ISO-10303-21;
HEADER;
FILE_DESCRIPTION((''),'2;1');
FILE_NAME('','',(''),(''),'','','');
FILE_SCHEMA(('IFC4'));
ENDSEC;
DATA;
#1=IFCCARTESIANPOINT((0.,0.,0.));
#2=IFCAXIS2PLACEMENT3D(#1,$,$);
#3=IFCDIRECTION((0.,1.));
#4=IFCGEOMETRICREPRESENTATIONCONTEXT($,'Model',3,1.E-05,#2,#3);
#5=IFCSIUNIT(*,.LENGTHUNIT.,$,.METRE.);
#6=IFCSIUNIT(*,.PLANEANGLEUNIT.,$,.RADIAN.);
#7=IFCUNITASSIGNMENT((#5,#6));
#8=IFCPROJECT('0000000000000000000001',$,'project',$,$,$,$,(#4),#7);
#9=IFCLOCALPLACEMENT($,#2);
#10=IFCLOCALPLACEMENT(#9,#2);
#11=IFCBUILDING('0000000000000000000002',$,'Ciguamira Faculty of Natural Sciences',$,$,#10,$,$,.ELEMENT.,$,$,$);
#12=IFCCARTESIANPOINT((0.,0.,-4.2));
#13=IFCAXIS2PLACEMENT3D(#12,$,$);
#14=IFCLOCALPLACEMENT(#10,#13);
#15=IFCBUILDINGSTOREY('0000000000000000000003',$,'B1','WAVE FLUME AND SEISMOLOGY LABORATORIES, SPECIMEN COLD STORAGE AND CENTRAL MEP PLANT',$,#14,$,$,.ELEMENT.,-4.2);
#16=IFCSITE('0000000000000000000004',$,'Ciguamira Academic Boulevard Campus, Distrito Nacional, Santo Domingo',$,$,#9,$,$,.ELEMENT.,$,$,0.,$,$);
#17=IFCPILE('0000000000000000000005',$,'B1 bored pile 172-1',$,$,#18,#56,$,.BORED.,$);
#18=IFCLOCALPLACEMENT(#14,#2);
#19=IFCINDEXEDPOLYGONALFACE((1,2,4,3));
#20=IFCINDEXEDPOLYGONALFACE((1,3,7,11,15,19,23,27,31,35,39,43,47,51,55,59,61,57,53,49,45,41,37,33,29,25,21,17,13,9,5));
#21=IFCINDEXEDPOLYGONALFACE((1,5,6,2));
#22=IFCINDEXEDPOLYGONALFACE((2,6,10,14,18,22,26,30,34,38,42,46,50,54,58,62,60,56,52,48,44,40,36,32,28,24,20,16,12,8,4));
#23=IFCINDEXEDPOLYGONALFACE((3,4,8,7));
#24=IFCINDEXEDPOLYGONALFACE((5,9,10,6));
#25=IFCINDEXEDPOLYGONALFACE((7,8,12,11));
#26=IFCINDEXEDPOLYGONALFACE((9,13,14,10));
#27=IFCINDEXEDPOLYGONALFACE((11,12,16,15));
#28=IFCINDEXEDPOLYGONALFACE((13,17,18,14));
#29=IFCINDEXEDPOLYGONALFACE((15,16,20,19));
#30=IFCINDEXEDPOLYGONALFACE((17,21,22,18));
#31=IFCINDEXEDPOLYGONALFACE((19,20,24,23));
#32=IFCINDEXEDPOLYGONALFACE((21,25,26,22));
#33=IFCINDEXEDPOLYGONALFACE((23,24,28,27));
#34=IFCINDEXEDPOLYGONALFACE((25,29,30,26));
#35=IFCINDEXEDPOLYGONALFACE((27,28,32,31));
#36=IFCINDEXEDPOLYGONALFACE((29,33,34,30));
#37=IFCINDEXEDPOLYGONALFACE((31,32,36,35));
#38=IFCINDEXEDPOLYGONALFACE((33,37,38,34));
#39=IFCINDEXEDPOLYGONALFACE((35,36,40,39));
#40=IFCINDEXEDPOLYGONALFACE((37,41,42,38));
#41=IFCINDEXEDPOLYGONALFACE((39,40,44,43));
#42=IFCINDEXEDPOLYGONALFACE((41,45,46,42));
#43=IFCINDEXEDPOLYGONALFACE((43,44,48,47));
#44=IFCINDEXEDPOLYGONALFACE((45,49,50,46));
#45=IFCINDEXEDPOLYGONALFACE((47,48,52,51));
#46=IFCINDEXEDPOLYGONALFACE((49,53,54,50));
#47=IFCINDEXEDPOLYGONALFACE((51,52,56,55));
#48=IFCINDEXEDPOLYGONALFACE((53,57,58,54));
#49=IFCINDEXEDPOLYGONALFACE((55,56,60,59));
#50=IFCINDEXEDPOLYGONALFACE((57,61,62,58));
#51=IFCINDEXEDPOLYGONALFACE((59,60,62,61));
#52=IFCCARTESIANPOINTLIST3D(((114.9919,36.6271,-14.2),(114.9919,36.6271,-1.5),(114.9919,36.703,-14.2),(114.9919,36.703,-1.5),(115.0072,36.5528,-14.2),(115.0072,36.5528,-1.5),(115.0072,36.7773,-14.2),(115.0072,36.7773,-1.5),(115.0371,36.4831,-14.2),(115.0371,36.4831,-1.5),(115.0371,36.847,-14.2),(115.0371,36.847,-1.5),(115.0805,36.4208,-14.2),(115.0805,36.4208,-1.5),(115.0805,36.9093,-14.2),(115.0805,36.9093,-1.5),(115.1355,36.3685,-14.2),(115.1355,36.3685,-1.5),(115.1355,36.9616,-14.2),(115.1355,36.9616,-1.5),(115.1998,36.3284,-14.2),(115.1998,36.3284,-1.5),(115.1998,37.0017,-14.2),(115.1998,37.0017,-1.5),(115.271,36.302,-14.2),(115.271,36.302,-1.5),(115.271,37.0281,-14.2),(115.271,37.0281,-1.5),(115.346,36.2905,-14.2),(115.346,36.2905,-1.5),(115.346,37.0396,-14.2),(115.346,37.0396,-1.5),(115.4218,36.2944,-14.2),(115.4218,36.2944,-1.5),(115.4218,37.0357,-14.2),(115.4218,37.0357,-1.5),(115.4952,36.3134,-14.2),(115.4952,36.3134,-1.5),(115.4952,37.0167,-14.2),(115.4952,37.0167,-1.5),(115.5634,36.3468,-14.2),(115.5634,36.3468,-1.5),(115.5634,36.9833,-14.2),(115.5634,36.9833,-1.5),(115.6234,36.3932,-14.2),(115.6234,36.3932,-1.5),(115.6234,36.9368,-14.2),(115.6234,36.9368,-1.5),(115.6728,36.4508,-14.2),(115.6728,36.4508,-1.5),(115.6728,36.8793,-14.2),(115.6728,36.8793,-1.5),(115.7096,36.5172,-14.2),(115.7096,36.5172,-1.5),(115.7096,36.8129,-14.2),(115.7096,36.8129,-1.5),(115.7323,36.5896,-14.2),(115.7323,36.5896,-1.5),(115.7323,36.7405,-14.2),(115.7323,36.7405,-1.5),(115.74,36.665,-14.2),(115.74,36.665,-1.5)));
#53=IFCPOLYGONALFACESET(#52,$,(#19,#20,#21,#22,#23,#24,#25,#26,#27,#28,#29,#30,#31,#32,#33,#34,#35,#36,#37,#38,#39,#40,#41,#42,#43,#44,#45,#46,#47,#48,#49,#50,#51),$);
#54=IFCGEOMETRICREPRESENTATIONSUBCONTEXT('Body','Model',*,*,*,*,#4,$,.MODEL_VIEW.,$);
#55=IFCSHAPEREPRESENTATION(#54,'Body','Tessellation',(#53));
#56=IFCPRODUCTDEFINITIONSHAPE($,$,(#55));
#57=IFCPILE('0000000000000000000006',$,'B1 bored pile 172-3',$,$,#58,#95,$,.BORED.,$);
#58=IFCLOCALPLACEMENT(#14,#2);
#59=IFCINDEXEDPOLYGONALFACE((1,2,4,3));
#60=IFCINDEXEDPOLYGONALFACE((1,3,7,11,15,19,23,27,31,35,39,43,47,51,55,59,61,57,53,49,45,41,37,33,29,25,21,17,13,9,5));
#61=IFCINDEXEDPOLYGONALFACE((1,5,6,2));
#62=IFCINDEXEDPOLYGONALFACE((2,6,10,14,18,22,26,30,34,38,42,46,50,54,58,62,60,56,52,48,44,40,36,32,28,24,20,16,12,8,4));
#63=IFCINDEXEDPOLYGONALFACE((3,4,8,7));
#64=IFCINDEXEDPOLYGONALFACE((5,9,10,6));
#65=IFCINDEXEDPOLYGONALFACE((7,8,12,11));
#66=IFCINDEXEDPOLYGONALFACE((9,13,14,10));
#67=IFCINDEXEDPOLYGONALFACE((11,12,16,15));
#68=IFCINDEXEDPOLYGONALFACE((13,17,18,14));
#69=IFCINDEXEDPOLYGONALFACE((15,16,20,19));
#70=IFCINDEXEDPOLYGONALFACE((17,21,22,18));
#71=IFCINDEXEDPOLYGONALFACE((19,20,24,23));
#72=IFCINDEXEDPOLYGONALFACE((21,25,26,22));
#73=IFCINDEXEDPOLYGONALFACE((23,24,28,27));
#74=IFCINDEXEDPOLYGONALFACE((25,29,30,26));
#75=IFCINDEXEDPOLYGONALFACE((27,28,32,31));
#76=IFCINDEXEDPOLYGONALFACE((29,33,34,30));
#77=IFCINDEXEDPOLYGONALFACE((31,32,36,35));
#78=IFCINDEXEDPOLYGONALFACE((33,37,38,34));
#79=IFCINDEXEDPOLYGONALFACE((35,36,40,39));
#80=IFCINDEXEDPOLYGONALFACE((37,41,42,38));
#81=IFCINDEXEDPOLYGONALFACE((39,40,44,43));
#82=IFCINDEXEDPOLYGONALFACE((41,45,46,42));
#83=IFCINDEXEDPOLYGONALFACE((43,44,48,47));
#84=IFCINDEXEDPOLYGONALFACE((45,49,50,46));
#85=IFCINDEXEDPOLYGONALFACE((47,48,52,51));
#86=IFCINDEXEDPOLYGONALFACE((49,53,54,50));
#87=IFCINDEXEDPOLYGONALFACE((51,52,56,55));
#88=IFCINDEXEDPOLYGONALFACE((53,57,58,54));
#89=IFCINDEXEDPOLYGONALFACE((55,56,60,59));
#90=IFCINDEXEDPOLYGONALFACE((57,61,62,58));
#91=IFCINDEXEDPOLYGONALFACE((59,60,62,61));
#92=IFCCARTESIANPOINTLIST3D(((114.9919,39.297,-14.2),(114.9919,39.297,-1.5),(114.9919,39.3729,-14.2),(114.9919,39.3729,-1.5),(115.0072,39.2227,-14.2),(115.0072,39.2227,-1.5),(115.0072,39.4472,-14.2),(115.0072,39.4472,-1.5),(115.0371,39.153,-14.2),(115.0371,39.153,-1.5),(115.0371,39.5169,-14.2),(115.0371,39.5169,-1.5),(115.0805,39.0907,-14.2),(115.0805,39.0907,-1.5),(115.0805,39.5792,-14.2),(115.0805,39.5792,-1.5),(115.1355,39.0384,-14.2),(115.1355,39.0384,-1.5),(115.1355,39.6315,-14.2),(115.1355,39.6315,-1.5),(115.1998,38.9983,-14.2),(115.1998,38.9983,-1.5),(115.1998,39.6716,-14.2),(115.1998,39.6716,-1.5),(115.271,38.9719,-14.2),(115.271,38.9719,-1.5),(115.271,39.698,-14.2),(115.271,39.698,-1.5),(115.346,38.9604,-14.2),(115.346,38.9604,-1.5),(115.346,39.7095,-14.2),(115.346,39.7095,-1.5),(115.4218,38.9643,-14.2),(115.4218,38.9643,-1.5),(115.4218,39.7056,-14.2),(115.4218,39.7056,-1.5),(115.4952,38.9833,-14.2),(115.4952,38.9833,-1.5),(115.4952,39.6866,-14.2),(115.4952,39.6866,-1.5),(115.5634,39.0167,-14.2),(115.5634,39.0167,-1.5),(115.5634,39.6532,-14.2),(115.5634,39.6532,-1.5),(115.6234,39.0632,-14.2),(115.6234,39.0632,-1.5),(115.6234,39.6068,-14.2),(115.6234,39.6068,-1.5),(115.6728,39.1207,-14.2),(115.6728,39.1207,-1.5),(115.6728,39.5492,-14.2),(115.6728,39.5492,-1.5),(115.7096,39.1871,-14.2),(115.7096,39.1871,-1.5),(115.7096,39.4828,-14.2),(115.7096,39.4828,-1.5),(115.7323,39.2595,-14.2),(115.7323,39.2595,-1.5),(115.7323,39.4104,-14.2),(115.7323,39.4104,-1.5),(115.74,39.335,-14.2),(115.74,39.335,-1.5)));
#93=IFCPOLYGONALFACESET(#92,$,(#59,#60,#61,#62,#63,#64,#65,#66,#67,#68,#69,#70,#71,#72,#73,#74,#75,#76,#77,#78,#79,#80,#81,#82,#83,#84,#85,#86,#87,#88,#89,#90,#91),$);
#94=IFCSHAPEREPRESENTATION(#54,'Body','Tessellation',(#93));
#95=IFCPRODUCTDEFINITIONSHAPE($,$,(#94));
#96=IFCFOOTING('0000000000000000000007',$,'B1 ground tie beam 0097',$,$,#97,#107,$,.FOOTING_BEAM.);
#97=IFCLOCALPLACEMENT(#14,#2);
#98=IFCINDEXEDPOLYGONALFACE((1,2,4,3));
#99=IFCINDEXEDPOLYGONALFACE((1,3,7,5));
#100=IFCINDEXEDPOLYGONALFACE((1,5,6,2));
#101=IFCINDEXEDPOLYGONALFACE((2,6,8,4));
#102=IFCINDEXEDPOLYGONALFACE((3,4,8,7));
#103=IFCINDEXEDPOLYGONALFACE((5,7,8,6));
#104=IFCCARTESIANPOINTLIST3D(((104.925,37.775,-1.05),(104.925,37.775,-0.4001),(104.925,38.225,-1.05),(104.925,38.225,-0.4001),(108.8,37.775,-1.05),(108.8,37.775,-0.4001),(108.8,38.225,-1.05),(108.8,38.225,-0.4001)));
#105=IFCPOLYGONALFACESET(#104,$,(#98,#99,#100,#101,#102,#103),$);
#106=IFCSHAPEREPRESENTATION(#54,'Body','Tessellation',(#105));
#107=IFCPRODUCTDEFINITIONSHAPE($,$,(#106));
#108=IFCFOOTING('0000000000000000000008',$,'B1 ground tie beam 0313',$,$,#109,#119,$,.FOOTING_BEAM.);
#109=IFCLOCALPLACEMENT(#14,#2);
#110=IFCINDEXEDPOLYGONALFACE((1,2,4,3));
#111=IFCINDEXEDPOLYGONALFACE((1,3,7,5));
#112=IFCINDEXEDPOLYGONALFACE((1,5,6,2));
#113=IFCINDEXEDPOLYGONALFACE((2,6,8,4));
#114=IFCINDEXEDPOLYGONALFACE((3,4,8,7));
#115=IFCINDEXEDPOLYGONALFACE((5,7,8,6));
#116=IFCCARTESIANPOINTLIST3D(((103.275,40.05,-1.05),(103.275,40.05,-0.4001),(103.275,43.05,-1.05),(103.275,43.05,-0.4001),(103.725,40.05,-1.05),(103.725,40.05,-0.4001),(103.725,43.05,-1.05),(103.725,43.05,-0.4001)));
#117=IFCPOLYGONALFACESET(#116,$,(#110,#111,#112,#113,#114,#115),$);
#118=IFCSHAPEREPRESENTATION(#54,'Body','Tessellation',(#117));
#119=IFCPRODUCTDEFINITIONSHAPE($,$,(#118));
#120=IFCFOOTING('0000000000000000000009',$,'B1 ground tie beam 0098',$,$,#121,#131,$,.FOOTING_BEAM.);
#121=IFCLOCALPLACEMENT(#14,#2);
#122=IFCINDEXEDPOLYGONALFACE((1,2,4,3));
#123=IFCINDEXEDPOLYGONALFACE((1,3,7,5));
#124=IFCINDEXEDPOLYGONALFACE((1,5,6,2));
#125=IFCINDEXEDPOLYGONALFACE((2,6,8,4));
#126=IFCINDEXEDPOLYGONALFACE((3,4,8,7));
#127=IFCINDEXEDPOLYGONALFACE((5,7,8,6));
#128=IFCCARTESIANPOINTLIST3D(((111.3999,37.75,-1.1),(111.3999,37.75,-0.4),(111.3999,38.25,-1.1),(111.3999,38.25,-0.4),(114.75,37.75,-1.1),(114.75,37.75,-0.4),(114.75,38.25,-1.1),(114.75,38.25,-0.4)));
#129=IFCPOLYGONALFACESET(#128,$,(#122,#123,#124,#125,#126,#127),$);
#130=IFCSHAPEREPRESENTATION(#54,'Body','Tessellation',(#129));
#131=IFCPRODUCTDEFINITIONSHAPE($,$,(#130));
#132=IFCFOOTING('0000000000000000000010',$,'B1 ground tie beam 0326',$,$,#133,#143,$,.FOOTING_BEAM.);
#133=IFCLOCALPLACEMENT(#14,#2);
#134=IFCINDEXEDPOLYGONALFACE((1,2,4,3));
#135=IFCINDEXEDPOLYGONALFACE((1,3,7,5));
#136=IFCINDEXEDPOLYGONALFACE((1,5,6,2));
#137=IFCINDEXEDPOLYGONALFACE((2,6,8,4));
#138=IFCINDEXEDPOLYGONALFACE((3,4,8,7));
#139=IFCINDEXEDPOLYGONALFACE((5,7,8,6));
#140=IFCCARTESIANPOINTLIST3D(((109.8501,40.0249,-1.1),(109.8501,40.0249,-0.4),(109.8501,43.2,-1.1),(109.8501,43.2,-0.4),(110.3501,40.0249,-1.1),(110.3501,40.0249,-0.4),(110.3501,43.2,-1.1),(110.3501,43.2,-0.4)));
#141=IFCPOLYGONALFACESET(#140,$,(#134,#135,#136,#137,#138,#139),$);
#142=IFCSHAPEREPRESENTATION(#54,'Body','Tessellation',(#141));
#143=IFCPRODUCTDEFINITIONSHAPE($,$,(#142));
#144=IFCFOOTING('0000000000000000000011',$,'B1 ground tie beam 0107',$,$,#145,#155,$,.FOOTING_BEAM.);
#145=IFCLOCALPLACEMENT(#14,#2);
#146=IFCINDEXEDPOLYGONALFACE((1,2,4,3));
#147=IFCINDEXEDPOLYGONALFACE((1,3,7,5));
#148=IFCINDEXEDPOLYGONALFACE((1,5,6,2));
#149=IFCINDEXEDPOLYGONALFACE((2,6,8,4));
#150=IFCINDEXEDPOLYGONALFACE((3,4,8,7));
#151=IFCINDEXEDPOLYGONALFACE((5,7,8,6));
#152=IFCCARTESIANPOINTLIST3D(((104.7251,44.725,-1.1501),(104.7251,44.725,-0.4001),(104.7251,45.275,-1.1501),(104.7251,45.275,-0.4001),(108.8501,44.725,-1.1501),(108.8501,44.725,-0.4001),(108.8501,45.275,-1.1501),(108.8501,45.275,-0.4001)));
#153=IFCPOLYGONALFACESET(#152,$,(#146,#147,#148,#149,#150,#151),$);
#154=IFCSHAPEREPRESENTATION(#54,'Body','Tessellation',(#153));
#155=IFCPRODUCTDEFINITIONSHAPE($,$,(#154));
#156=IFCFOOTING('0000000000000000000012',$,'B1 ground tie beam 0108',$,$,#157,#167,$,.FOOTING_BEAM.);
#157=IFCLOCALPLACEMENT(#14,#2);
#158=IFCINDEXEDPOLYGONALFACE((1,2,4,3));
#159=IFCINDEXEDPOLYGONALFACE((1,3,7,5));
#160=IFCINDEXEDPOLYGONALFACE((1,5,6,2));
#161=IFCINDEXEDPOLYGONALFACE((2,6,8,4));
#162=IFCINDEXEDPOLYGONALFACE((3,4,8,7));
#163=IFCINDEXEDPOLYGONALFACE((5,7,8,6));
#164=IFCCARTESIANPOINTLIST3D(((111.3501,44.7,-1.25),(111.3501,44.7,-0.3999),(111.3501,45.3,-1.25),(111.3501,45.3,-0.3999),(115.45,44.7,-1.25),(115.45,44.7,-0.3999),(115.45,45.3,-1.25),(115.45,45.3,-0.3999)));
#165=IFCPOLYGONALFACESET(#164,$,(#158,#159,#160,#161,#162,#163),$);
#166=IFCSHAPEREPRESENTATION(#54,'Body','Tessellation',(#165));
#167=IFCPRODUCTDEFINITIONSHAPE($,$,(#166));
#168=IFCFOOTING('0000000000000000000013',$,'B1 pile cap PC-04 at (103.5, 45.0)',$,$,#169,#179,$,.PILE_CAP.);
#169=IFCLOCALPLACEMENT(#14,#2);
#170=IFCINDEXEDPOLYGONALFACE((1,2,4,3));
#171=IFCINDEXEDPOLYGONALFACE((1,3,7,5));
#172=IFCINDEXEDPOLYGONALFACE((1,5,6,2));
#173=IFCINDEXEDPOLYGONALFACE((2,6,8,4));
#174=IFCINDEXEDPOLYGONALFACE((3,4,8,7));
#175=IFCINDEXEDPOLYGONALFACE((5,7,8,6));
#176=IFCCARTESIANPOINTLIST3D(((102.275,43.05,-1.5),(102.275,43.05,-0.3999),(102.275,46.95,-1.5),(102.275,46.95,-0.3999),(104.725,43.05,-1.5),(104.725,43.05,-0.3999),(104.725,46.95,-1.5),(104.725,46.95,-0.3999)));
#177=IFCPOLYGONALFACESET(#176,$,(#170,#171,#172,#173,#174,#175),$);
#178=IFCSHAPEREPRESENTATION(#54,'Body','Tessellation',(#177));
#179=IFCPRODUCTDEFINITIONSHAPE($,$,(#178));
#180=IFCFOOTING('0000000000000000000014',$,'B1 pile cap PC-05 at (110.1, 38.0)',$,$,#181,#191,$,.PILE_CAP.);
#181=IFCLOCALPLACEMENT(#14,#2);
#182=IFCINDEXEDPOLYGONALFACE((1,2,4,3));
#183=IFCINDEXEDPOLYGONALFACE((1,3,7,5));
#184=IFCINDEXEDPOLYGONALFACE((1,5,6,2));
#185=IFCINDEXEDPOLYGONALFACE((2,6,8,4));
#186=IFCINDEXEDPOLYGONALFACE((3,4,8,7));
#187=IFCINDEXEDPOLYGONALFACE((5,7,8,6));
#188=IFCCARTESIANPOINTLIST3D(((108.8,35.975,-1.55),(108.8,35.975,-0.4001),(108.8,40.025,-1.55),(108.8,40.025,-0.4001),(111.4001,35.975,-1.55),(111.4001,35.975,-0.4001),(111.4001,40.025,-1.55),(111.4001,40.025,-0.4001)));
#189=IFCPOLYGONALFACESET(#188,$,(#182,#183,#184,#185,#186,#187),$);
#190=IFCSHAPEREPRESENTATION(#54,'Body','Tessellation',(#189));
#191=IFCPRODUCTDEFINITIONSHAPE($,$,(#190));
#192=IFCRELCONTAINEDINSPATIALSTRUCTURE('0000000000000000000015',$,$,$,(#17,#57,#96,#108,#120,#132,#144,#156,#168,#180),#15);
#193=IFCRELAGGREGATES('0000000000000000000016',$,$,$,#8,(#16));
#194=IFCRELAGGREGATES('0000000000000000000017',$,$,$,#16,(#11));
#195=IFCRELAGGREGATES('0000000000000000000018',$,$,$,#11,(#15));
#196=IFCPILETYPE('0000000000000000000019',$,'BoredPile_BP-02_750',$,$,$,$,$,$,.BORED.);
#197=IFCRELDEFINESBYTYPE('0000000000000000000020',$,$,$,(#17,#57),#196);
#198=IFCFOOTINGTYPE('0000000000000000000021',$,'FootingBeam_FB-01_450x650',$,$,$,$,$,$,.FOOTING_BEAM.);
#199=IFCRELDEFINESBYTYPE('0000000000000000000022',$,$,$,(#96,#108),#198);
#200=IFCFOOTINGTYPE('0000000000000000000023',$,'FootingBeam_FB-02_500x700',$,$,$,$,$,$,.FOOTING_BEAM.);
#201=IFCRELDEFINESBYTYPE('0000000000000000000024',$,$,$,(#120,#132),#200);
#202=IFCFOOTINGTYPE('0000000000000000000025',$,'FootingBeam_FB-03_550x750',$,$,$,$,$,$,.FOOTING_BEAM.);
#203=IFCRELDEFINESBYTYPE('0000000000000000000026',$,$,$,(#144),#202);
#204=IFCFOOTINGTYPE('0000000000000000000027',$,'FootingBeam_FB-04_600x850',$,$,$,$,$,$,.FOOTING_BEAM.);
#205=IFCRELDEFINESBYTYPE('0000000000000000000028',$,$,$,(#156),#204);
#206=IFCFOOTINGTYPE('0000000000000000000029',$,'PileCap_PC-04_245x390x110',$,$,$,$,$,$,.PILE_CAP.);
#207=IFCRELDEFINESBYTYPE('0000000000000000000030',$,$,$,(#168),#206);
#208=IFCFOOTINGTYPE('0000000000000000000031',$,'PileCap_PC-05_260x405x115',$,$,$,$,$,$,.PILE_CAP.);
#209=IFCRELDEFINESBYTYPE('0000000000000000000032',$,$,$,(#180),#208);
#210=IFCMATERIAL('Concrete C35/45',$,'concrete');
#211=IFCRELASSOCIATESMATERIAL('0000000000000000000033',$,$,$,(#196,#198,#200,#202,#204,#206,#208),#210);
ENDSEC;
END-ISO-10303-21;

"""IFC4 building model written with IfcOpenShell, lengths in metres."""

from ifc_helpers import new_model, si_unit, direction, frame, origin, origin_2d, place, context, subcontext, project, spatial, rectangle, circle, extrude, material, material_profile, profile_set, type_object, element, save


model = new_model("IFC4")

# Units and contexts
model_context = context("Model", 3, precision=1e-05, world=origin(), true_north=direction((0.0, 1.0)))
body_context = subcontext(model_context, "Body", "Model", "MODEL_VIEW")
ifc_project = project(units=[si_unit("LENGTHUNIT", "METRE"), si_unit("PLANEANGLEUNIT", "RADIAN")], contexts=[model_context])

# Site, building, storey
site_placement = place(None, origin())
site = spatial("IfcSite", under=ifc_project, at=site_placement, Name="Ciguamira Academic Boulevard Campus, Distrito Nacional, Santo Domingo", CompositionType="ELEMENT", RefElevation=0.0)
building_placement = place(site_placement, origin())
building = spatial("IfcBuilding", under=site, at=building_placement, Name="Ciguamira Faculty of Natural Sciences", CompositionType="ELEMENT")
storey_placement = place(building_placement, frame((0.0, 0.0, -4.2)))
storey = spatial("IfcBuildingStorey", under=building, at=storey_placement, Name="B1", Description="WAVE FLUME AND SEISMOLOGY LABORATORIES, SPECIMEN COLD STORAGE AND CENTRAL MEP PLANT", CompositionType="ELEMENT", Elevation=-4.2)

# Piles
ifc_material_1 = material(Name="Concrete C35/45", Category="concrete")
ifc_material_profile_1 = material_profile(ifc_material_1, circle(Radius=0.375, at=origin_2d()), Name="PILE-BORED-750")
ifc_profile_set_1 = profile_set([ifc_material_profile_1], Name="Concrete C35/45")
pile_type = type_object("IfcPileType", Name="BoredPile_BP-02_750", PredefinedType="BORED", material=ifc_profile_set_1)
for number, where, z_axis, x_axis, name in (
    (1, (115.365, 36.665, -1.5), (0.0, 0.0, -1.0), (1.0, 0.0, 0.0), "B1 bored pile 172-1"),
    (2, (115.365, 39.335, -1.5), (0.0, 0.0, -1.0), (1.0, 0.0, 0.0), "B1 bored pile 172-3"),
):
    element("IfcPile", number, at=place(storey_placement, frame(where, z_axis=z_axis, x_axis=x_axis)), inside=storey, type_object=pile_type, Name=name, PredefinedType="BORED", context=body_context, shape_type="SweptSolid", body=[
        extrude(circle(Radius=0.375, at=origin_2d()), origin(), (0.0, 0.0, 1.0), 12.7),
    ])

# Footings
ifc_material_profile_2 = material_profile(ifc_material_1, rectangle(XDim=0.45, YDim=0.6499, at=origin_2d()), Name="RC-FB-450X650")
ifc_profile_set_2 = profile_set([ifc_material_profile_2], Name="Concrete C35/45")
footing_type_1 = type_object("IfcFootingType", Name="FootingBeam_FB-01_450x650", PredefinedType="FOOTING_BEAM", material=ifc_profile_set_2)
footing_1_placement = place(storey_placement, frame((104.925, 38.0, -0.7251), z_axis=(1.0, 0.0, 0.0), x_axis=(0.0, 1.0, 0.0)))
element("IfcFooting", 3, at=footing_1_placement, inside=storey, type_object=footing_type_1, Name="B1 ground tie beam 0097", PredefinedType="FOOTING_BEAM", context=body_context, shape_type="SweptSolid", body=[
    extrude(rectangle(XDim=0.45, YDim=0.6499, at=origin_2d()), origin(), (0.0, 0.0, 1.0), 3.875),
])
footing_2_placement = place(storey_placement, frame((103.5, 40.05, -0.7251), z_axis=(0.0, 1.0, 0.0), x_axis=(-1.0, 0.0, 0.0)))
element("IfcFooting", 4, at=footing_2_placement, inside=storey, type_object=footing_type_1, Name="B1 ground tie beam 0313", PredefinedType="FOOTING_BEAM", context=body_context, shape_type="SweptSolid", body=[
    extrude(rectangle(XDim=0.45, YDim=0.6499, at=origin_2d()), origin(), (0.0, 0.0, 1.0), 3.0),
])
ifc_material_profile_3 = material_profile(ifc_material_1, rectangle(XDim=0.5, YDim=0.7, at=origin_2d()), Name="RC-FB-500X700")
ifc_profile_set_3 = profile_set([ifc_material_profile_3], Name="Concrete C35/45")
footing_type_2 = type_object("IfcFootingType", Name="FootingBeam_FB-02_500x700", PredefinedType="FOOTING_BEAM", material=ifc_profile_set_3)
footing_3_placement = place(storey_placement, frame((111.3999, 38.0, -0.75), z_axis=(1.0, 0.0, 0.0), x_axis=(0.0, 1.0, 0.0)))
element("IfcFooting", 5, at=footing_3_placement, inside=storey, type_object=footing_type_2, Name="B1 ground tie beam 0098", PredefinedType="FOOTING_BEAM", context=body_context, shape_type="SweptSolid", body=[
    extrude(rectangle(XDim=0.5, YDim=0.7, at=origin_2d()), origin(), (0.0, 0.0, 1.0), 3.3501),
])
footing_4_placement = place(storey_placement, frame((110.1001, 40.0249, -0.75), z_axis=(0.0, 1.0, 0.0), x_axis=(-1.0, 0.0, 0.0)))
element("IfcFooting", 6, at=footing_4_placement, inside=storey, type_object=footing_type_2, Name="B1 ground tie beam 0326", PredefinedType="FOOTING_BEAM", context=body_context, shape_type="SweptSolid", body=[
    extrude(rectangle(XDim=0.5, YDim=0.7, at=origin_2d()), origin(), (0.0, 0.0, 1.0), 3.175),
])
ifc_material_profile_4 = material_profile(ifc_material_1, rectangle(XDim=0.55, YDim=0.75, at=origin_2d()), Name="RC-FB-550X750")
ifc_profile_set_4 = profile_set([ifc_material_profile_4], Name="Concrete C35/45")
footing_type_3 = type_object("IfcFootingType", Name="FootingBeam_FB-03_550x750", PredefinedType="FOOTING_BEAM", material=ifc_profile_set_4)
footing_5_placement = place(storey_placement, frame((104.7251, 45.0, -0.7751), z_axis=(1.0, 0.0, 0.0), x_axis=(0.0, 1.0, 0.0)))
element("IfcFooting", 7, at=footing_5_placement, inside=storey, type_object=footing_type_3, Name="B1 ground tie beam 0107", PredefinedType="FOOTING_BEAM", context=body_context, shape_type="SweptSolid", body=[
    extrude(rectangle(XDim=0.55, YDim=0.75, at=origin_2d()), origin(), (0.0, 0.0, 1.0), 4.125),
])
ifc_material_profile_5 = material_profile(ifc_material_1, rectangle(XDim=0.6001, YDim=0.8501, at=origin_2d()), Name="RC-FB-600X850")
ifc_profile_set_5 = profile_set([ifc_material_profile_5], Name="Concrete C35/45")
footing_type_4 = type_object("IfcFootingType", Name="FootingBeam_FB-04_600x850", PredefinedType="FOOTING_BEAM", material=ifc_profile_set_5)
footing_6_placement = place(storey_placement, frame((111.3501, 45.0, -0.825), z_axis=(1.0, 0.0, 0.0), x_axis=(0.0, 1.0, 0.0)))
element("IfcFooting", 8, at=footing_6_placement, inside=storey, type_object=footing_type_4, Name="B1 ground tie beam 0108", PredefinedType="FOOTING_BEAM", context=body_context, shape_type="SweptSolid", body=[
    extrude(rectangle(XDim=0.6001, YDim=0.8501, at=origin_2d()), origin(), (0.0, 0.0, 1.0), 4.0999),
])
footing_type_5 = type_object("IfcFootingType", Name="PileCap_PC-04_245x390x110", PredefinedType="PILE_CAP", material=ifc_material_1)
footing_7_placement = place(storey_placement, frame((103.5, 45.0, -1.5), z_axis=(0.0, 0.0, 1.0), x_axis=(1.0, 0.0, 0.0)))
element("IfcFooting", 9, at=footing_7_placement, inside=storey, type_object=footing_type_5, Name="B1 pile cap PC-04 at (103.5, 45.0)", PredefinedType="PILE_CAP", context=body_context, shape_type="SweptSolid", body=[
    extrude(rectangle(XDim=2.45, YDim=3.8999, at=origin_2d()), origin(), (0.0, 0.0, 1.0), 1.1001),
])
footing_type_6 = type_object("IfcFootingType", Name="PileCap_PC-05_260x405x115", PredefinedType="PILE_CAP", material=ifc_material_1)
footing_8_placement = place(storey_placement, frame((110.1001, 38.0, -1.55), z_axis=(0.0, 0.0, 1.0), x_axis=(1.0, 0.0, 0.0)))
element("IfcFooting", 10, at=footing_8_placement, inside=storey, type_object=footing_type_6, Name="B1 pile cap PC-05 at (110.1, 38.0)", PredefinedType="PILE_CAP", context=body_context, shape_type="SweptSolid", body=[
    extrude(rectangle(XDim=2.6001, YDim=4.05, at=origin_2d()), origin(), (0.0, 0.0, 1.0), 1.1499),
])

save(model, "model.ifc")
